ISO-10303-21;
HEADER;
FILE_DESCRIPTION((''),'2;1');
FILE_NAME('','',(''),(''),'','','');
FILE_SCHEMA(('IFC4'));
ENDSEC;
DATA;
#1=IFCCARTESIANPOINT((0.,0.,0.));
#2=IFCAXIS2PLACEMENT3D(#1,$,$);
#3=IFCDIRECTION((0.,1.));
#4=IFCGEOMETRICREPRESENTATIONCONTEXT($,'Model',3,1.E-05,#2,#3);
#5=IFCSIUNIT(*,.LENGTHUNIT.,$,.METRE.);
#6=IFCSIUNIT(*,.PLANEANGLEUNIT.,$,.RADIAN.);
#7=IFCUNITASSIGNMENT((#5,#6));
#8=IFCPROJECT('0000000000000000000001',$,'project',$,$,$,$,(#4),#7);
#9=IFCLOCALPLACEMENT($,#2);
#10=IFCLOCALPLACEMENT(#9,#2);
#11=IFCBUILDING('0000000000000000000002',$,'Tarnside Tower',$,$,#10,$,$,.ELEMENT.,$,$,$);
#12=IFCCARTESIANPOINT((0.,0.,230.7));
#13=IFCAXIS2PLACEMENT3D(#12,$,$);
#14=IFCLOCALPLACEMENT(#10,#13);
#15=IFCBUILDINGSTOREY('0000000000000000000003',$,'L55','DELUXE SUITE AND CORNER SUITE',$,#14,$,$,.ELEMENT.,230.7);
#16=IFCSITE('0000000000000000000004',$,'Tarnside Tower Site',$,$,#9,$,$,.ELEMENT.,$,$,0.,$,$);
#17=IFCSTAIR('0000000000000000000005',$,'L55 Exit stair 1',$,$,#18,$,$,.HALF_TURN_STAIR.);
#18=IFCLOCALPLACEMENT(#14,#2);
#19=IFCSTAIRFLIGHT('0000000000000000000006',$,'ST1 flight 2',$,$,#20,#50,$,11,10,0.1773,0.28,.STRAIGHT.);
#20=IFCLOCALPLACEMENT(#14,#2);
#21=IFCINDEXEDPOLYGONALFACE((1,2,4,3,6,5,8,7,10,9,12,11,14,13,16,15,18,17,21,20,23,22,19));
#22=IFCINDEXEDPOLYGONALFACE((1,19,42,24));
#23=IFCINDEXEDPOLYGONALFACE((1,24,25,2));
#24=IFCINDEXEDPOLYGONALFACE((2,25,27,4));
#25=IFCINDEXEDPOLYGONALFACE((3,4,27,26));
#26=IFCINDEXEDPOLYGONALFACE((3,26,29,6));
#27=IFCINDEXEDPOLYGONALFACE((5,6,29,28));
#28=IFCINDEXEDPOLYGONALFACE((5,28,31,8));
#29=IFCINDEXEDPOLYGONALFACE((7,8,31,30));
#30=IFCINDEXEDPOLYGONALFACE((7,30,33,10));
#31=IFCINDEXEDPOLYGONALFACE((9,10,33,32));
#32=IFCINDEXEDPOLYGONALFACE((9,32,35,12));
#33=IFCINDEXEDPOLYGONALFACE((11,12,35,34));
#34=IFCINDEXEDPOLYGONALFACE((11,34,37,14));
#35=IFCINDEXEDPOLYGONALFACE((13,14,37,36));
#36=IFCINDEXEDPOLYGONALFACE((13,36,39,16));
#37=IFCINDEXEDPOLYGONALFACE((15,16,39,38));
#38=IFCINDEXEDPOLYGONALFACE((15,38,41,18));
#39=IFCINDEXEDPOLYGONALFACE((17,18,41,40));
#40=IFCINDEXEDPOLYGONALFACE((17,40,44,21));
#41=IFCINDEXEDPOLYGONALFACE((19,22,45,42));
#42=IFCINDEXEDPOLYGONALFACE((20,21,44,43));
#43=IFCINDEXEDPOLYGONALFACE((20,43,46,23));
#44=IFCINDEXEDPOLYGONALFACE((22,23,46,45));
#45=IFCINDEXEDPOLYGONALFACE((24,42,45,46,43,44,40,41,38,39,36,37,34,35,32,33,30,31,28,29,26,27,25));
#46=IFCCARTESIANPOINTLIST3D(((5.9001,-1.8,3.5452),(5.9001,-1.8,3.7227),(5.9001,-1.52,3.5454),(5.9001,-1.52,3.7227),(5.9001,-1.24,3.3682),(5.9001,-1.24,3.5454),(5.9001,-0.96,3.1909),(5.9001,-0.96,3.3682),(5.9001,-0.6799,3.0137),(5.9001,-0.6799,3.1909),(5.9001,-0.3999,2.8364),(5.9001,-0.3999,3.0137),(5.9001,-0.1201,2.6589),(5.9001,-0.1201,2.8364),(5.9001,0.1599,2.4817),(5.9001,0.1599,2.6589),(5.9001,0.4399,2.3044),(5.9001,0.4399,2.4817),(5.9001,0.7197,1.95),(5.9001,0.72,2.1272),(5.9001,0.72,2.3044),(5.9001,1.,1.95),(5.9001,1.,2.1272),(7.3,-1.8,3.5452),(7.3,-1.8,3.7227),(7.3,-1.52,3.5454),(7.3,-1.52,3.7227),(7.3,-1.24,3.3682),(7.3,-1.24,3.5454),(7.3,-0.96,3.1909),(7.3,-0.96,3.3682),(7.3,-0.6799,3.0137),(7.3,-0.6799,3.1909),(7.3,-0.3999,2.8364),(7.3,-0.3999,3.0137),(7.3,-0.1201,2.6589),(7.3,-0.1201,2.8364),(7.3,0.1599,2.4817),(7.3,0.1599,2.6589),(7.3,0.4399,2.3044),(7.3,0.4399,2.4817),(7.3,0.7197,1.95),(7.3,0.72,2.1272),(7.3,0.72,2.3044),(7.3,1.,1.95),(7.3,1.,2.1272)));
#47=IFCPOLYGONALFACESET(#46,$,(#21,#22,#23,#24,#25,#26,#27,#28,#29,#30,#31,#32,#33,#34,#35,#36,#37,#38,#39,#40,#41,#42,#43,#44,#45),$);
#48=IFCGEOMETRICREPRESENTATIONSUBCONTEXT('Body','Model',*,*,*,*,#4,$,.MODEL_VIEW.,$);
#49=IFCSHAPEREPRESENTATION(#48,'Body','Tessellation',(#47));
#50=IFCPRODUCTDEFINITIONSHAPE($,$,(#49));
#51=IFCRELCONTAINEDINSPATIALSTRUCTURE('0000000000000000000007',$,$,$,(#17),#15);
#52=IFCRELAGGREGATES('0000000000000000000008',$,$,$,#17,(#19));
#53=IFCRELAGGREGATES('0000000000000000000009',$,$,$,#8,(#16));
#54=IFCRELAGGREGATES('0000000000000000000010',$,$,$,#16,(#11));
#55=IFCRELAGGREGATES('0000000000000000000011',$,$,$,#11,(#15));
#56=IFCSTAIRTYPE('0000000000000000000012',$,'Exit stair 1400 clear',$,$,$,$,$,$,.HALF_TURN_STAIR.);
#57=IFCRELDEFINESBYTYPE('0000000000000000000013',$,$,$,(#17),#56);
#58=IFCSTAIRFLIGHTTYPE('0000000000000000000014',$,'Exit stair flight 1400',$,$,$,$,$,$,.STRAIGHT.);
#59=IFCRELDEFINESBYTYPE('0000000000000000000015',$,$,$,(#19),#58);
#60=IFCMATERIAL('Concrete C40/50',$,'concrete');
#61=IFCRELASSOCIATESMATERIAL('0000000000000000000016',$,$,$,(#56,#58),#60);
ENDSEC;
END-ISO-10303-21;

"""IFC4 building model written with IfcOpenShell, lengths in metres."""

from ifc_helpers import new_model, si_unit, direction, frame, origin, place, context, subcontext, project, spatial, polyline, outline, extrude, material, type_object, element, aggregate, save


model = new_model("IFC4")

# Units and contexts
model_context = context("Model", 3, precision=1e-05, world=origin(), true_north=direction((0.0, 1.0)))
body_context = subcontext(model_context, "Body", "Model", "MODEL_VIEW")
ifc_project = project(units=[si_unit("LENGTHUNIT", "METRE"), si_unit("PLANEANGLEUNIT", "RADIAN")], contexts=[model_context])

# Site, building, storey
site_placement = place(None, origin())
site = spatial("IfcSite", under=ifc_project, at=site_placement, Name="Tarnside Tower Site", CompositionType="ELEMENT", RefElevation=0.0)
building_placement = place(site_placement, origin())
building = spatial("IfcBuilding", under=site, at=building_placement, Name="Tarnside Tower", CompositionType="ELEMENT")
storey_placement = place(building_placement, frame((0.0, 0.0, 230.7)))
storey = spatial("IfcBuildingStorey", under=building, at=storey_placement, Name="L55", Description="DELUXE SUITE AND CORNER SUITE", CompositionType="ELEMENT", Elevation=230.7)

# Shared definitions
ifc_material_1 = material(Name="Concrete C40/50", Category="concrete")

# Stair, stair flight
stair_type = type_object("IfcStairType", Name="Exit stair 1400 clear", PredefinedType="HALF_TURN_STAIR", material=ifc_material_1)
stair_placement = place(storey_placement, origin())
stair = element("IfcStair", 1, at=stair_placement, inside=storey, type_object=stair_type, Name="L55 Exit stair 1", PredefinedType="HALF_TURN_STAIR")
stair_flight_type = type_object("IfcStairFlightType", Name="Exit stair flight 1400", PredefinedType="STRAIGHT", material=ifc_material_1)
stair_flight_placement = place(storey_placement, frame((6.6001, 1.0, 1.95), z_axis=(0.0, 0.0, 1.0), x_axis=(0.0, -1.0, 0.0)))
stair_flight = element("IfcStairFlight", 2, at=stair_flight_placement, type_object=stair_flight_type, Name="ST1 flight 2", NumberOfRisers=11, NumberOfTreads=10, PredefinedType="STRAIGHT", RiserHeight=0.1773, TreadLength=0.28, context=body_context, shape_type="SweptSolid", body=[
    extrude(outline(polyline([(0.0, 0.0), (0.0, 0.1772), (0.28, 0.1772), (0.28, 0.3545), (0.5601, 0.3545), (0.5601, 0.5317), (0.8401, 0.5317), (0.8401, 0.709), (1.1201, 0.709), (1.1201, 0.8865), (1.3999, 0.8865), (1.3999, 1.0637), (1.6799, 1.0637), (1.6799, 1.241), (1.96, 1.241), (1.96, 1.4182), (2.24, 1.4182), (2.24, 1.5955), (2.52, 1.5955), (2.52, 1.7727), (2.8, 1.7727), (2.8, 1.95), (2.8, 1.5952), (0.2803, 0.0), (0.0, 0.0)])), frame((0.0, 0.7, 0.0), z_axis=(0.0, -1.0, 0.0), x_axis=(1.0, 0.0, 0.0)), (0.0, 0.0, 1.0), 1.3999),
])
aggregate(stair, [stair_flight])

save(model, "model.ifc")
